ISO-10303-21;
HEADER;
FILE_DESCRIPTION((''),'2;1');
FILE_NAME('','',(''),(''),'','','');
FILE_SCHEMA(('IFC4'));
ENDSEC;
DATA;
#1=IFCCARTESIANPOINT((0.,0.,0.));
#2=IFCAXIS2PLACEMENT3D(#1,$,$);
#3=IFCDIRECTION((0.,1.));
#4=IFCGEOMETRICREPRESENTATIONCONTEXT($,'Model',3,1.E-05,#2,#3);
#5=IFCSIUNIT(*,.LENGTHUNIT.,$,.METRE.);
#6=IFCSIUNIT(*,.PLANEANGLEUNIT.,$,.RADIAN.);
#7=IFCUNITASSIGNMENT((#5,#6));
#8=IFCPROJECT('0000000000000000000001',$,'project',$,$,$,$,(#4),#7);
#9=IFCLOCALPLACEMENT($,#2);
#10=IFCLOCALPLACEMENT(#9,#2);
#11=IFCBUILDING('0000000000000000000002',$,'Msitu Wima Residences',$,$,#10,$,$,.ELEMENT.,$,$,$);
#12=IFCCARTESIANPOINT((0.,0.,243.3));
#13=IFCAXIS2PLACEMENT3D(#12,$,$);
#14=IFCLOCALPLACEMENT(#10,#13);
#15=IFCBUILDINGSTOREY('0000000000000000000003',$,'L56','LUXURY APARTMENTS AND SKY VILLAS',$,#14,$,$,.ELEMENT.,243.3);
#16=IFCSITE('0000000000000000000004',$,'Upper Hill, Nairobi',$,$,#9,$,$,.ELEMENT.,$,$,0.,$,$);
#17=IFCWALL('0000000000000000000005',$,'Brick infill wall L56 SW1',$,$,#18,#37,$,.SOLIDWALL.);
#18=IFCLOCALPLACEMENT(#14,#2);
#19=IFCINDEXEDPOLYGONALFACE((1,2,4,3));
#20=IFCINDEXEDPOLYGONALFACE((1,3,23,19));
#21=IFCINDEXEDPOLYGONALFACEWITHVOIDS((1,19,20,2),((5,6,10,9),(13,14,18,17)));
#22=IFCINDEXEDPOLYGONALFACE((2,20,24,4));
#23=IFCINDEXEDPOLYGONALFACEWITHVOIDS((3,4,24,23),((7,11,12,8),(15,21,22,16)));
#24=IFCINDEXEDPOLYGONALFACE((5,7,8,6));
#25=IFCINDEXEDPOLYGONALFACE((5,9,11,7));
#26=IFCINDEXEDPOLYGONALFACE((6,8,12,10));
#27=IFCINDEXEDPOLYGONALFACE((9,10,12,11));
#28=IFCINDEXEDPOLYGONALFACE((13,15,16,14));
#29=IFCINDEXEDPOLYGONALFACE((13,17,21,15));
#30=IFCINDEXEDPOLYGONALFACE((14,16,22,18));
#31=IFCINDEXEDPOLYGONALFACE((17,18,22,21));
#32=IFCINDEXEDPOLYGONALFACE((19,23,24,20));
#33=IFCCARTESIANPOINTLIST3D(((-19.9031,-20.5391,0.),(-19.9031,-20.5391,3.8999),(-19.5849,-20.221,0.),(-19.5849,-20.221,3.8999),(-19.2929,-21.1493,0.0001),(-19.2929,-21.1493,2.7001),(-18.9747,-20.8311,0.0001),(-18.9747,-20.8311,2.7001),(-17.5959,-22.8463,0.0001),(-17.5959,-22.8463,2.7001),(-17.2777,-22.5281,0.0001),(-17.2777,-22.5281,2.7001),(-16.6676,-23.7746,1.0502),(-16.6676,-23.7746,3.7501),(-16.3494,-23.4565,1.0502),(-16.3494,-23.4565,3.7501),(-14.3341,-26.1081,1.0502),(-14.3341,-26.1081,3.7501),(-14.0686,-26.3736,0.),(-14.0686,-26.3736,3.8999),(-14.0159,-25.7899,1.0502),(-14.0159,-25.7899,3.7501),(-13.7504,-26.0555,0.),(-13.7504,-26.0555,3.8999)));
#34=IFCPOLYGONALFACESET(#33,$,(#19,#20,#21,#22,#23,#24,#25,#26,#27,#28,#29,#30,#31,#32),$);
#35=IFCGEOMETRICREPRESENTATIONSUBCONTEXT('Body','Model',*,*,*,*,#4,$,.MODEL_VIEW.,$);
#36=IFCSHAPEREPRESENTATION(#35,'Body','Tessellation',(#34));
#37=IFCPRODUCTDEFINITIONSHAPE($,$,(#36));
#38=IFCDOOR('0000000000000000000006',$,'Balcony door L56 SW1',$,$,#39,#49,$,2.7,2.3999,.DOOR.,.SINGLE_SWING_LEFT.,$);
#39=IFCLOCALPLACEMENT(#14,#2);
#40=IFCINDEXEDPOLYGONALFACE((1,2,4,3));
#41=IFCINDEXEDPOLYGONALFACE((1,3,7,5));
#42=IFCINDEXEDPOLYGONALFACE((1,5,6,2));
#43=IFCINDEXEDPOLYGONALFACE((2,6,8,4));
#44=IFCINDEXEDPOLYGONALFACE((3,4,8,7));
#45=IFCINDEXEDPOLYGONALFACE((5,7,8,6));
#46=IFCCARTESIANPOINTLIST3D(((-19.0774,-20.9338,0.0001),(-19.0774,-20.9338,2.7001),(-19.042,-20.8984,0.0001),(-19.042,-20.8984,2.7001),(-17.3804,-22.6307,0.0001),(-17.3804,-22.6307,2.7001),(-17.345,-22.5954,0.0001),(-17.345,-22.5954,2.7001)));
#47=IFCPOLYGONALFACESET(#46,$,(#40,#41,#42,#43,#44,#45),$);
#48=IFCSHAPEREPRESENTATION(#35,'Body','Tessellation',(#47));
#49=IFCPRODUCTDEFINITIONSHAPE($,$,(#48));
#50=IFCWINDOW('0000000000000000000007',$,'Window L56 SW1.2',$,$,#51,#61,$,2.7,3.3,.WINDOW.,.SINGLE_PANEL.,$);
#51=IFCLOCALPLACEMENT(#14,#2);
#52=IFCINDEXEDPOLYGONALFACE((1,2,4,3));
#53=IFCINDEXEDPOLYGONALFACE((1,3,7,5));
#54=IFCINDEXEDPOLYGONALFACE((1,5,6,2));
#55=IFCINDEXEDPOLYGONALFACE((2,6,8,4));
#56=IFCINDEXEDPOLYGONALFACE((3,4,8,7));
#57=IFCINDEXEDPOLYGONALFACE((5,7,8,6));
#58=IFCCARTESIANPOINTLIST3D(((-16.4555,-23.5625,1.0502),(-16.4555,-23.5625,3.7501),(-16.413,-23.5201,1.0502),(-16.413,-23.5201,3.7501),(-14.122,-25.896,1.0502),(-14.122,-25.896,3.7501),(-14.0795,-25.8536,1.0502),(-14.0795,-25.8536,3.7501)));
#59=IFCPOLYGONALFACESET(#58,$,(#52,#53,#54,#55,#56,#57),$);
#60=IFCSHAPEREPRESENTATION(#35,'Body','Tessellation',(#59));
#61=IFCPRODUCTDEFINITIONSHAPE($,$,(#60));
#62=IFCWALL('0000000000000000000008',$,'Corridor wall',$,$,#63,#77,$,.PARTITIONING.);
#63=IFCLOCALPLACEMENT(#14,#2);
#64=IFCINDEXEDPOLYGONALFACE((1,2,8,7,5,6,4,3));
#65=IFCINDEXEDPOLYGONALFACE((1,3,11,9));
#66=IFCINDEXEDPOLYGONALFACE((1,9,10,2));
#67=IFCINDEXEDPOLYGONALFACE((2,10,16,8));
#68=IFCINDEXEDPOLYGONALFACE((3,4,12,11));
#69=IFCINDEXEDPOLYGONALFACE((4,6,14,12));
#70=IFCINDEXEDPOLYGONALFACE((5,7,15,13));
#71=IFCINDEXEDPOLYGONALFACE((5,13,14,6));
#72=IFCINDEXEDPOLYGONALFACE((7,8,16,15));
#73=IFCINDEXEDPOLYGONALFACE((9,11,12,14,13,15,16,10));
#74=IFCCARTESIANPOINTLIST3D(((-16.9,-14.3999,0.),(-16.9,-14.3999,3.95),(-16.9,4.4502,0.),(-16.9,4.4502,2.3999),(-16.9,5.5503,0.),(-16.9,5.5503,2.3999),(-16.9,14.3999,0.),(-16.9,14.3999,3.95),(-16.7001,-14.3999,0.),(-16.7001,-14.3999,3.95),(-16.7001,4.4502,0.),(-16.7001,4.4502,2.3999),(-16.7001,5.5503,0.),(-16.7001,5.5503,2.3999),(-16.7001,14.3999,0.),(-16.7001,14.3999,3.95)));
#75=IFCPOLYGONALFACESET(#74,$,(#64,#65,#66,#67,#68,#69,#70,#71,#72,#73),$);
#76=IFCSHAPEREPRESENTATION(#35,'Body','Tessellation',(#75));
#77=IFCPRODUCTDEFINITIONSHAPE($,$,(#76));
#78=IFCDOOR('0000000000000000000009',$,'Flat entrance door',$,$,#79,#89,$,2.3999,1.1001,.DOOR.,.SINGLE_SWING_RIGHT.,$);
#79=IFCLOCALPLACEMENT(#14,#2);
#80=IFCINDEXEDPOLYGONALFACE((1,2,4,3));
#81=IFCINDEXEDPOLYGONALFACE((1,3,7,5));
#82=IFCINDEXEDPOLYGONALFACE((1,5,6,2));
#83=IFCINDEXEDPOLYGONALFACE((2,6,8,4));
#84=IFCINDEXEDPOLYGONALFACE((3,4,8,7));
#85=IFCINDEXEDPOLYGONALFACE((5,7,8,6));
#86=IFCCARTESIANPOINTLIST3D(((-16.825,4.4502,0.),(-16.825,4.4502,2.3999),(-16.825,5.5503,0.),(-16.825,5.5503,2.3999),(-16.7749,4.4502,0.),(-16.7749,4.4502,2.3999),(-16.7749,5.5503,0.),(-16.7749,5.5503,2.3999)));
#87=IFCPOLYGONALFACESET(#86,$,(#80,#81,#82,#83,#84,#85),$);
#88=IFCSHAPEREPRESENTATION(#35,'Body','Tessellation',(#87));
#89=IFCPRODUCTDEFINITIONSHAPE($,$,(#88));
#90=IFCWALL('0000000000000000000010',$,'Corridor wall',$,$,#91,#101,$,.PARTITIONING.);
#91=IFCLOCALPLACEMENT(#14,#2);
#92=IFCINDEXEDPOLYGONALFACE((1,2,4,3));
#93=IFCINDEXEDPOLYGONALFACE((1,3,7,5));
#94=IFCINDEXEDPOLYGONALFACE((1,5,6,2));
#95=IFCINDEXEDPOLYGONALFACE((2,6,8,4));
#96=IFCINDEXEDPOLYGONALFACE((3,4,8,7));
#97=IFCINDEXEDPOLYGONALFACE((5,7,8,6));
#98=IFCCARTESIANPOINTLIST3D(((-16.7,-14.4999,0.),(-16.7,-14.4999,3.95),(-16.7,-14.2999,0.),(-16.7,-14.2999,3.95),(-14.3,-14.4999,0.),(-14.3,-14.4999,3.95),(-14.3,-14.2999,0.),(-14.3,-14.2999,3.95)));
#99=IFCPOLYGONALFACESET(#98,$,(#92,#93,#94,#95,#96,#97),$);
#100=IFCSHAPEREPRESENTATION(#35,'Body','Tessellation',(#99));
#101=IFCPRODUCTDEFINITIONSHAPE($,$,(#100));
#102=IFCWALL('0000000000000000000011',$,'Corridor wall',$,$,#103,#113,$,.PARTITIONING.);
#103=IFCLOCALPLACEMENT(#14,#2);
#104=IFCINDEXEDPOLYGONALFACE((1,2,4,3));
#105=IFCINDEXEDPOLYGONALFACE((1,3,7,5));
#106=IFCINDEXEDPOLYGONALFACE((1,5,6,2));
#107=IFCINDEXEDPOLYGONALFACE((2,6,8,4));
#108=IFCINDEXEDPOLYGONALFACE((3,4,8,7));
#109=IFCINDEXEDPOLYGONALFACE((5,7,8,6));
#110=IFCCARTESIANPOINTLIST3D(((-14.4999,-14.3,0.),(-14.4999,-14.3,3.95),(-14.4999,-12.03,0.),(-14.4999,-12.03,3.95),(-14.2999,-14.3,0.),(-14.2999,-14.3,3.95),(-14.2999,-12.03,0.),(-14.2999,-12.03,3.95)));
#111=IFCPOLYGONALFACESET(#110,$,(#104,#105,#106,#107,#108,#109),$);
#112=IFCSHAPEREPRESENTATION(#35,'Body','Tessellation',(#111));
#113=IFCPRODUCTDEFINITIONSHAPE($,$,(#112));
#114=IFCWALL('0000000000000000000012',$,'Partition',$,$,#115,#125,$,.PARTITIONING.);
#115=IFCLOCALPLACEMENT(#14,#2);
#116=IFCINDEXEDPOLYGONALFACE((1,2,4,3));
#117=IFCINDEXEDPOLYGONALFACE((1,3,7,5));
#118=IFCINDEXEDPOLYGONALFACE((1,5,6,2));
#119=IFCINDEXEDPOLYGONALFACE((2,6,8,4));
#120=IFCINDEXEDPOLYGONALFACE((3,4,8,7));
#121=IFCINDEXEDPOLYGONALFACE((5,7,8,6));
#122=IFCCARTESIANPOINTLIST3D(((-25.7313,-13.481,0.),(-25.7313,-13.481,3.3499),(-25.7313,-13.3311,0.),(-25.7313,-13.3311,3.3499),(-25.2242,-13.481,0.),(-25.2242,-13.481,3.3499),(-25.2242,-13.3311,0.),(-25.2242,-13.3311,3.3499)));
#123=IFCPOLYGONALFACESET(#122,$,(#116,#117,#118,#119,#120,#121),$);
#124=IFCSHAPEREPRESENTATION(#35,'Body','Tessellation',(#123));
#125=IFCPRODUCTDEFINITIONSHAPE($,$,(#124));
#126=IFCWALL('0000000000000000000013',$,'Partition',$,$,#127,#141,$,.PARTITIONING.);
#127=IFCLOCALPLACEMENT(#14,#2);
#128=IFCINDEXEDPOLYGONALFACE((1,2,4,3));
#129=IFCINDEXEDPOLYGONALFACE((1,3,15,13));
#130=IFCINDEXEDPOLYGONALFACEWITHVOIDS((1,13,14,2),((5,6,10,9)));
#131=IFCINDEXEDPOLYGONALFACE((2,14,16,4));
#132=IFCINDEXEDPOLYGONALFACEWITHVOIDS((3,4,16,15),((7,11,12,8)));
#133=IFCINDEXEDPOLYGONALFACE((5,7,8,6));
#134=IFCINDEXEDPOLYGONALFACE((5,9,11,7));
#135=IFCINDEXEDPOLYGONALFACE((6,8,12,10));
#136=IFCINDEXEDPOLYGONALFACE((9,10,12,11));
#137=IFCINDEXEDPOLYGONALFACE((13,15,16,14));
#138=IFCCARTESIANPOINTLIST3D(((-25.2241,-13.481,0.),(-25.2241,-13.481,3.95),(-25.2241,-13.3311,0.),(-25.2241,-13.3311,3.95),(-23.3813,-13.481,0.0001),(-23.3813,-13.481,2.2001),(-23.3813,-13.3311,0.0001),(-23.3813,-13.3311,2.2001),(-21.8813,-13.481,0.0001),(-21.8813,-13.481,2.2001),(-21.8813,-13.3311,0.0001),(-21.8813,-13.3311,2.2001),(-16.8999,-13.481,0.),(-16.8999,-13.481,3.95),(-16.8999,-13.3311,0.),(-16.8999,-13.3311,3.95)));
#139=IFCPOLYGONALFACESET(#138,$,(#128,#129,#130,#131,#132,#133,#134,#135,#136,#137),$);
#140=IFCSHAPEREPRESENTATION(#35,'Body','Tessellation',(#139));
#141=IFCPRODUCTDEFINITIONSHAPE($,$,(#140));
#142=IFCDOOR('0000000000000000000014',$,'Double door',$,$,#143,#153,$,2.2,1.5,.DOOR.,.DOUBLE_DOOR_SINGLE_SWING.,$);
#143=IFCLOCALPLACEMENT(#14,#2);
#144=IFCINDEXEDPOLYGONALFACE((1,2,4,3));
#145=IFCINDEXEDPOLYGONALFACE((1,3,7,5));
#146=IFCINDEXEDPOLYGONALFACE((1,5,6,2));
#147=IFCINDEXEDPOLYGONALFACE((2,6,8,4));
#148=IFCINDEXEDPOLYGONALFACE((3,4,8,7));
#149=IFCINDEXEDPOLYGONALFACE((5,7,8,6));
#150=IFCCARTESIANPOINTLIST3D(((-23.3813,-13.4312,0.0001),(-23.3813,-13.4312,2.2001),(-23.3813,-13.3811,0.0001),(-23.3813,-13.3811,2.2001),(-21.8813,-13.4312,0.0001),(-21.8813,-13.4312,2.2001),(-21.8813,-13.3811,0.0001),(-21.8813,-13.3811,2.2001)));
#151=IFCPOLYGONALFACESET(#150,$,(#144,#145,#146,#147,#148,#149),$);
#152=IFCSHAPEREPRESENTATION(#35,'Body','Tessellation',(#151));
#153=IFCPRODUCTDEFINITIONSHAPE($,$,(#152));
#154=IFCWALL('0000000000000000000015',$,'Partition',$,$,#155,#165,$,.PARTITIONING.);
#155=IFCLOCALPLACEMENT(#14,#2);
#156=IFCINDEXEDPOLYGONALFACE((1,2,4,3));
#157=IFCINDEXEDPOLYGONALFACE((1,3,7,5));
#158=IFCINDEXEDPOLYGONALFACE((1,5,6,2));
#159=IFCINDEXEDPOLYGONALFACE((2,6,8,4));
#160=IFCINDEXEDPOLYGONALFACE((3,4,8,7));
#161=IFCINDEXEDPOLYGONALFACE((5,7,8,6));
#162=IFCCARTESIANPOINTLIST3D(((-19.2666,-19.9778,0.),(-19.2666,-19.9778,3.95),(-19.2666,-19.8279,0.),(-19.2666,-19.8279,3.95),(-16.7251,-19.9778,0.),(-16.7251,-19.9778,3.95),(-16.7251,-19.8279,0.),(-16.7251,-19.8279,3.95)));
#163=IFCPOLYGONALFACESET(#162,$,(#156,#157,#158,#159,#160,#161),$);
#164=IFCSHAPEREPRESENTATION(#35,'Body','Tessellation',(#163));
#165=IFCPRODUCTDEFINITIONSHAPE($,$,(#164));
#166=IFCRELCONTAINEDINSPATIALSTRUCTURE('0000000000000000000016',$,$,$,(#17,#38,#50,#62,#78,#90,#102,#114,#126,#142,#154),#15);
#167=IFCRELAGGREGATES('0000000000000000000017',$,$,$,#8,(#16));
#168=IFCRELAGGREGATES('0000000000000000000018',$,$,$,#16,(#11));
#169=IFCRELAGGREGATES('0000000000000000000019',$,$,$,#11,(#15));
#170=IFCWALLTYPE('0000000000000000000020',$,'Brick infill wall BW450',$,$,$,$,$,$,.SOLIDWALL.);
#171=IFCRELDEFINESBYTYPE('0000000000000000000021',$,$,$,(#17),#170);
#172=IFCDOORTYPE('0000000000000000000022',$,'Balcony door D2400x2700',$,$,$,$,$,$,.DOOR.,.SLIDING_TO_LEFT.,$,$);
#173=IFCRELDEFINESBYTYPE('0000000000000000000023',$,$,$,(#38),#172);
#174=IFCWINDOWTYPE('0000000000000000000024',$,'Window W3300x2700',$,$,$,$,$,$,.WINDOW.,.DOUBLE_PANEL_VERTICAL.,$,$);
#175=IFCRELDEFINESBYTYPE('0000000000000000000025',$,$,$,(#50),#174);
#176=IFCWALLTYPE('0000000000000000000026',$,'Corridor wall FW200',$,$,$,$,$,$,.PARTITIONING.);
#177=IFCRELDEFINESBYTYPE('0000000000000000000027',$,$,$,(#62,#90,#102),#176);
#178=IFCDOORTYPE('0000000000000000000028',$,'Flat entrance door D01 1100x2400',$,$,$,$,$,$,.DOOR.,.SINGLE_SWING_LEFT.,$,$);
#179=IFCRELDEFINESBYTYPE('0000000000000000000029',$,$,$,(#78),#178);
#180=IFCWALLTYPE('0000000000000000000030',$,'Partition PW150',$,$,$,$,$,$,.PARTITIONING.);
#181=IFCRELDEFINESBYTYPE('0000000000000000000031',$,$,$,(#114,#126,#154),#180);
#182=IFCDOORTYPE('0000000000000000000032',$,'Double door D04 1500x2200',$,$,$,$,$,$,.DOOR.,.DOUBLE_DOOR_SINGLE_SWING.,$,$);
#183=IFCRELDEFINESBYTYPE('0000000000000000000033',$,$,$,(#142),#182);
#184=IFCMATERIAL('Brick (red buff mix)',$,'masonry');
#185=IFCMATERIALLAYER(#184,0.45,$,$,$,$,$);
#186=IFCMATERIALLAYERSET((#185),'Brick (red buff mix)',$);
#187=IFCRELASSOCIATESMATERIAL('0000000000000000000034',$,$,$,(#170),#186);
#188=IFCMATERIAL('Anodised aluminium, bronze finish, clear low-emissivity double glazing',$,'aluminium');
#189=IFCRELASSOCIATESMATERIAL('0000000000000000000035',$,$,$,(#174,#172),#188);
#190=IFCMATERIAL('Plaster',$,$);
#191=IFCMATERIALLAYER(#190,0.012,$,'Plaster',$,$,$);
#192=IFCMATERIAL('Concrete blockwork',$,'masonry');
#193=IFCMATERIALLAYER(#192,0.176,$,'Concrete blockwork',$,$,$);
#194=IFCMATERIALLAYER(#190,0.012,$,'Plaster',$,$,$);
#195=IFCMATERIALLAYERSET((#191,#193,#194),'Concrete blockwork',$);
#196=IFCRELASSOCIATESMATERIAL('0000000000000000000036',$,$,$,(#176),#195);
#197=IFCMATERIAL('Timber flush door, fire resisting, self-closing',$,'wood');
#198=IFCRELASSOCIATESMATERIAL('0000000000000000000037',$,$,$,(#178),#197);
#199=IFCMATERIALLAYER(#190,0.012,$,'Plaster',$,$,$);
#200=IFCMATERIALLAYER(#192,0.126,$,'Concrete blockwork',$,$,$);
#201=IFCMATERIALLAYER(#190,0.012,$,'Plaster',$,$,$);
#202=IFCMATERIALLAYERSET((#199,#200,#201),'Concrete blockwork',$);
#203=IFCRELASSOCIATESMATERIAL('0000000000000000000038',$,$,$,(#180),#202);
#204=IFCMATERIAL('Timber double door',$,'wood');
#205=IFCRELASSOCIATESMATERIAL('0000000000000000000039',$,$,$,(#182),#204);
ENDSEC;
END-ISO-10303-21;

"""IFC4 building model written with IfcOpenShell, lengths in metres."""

from ifc_helpers import new_model, si_unit, direction, frame, frame_2d, origin, place, context, subcontext, project, spatial, rectangle, extrude, material, layer, layer_set, type_object, element, fill, save


model = new_model("IFC4")

# Units and contexts
model_context = context("Model", 3, precision=1e-05, world=origin(), true_north=direction((0.0, 1.0)))
body_context = subcontext(model_context, "Body", "Model", "MODEL_VIEW")
ifc_project = project(units=[si_unit("LENGTHUNIT", "METRE"), si_unit("PLANEANGLEUNIT", "RADIAN")], contexts=[model_context])

# Site, building, storey
site_placement = place(None, origin())
site = spatial("IfcSite", under=ifc_project, at=site_placement, Name="Upper Hill, Nairobi", CompositionType="ELEMENT", RefElevation=0.0)
building_placement = place(site_placement, origin())
building = spatial("IfcBuilding", under=site, at=building_placement, Name="Msitu Wima Residences", CompositionType="ELEMENT")
storey_placement = place(building_placement, frame((0.0, 0.0, 243.3)))
storey = spatial("IfcBuildingStorey", under=building, at=storey_placement, Name="L56", Description="LUXURY APARTMENTS AND SKY VILLAS", CompositionType="ELEMENT", Elevation=243.3)

# Shared definitions
ifc_material_1 = material(Name="Brick (red buff mix)", Category="masonry")
ifc_layer_1 = layer(ifc_material_1, 0.45)
ifc_layer_set_1 = layer_set([ifc_layer_1], Name="Brick (red buff mix)")
wall_type_1 = type_object("IfcWallType", Name="Brick infill wall BW450", PredefinedType="SOLIDWALL", material=ifc_layer_set_1)
ifc_material_2 = material(Name="Anodised aluminium, bronze finish, clear low-emissivity double glazing", Category="aluminium")
window_type = type_object("IfcWindowType", Name="Window W3300x2700", PartitioningType="DOUBLE_PANEL_VERTICAL", PredefinedType="WINDOW", material=ifc_material_2)

# Wall, openings, door, window
wall_1_placement = place(storey_placement, frame((-19.7439, -20.3801, 0.0), z_axis=(0.0, 0.0, 1.0), x_axis=(0.707107, -0.707107, 0.0)))
wall_1 = element("IfcWall", 1, at=wall_1_placement, inside=storey, type_object=wall_type_1, Name="Brick infill wall L56 SW1", PredefinedType="SOLIDWALL", context=body_context, shape_type="SweptSolid", body=[
    extrude(rectangle(XDim=8.2512, YDim=0.45, at=frame_2d((4.1255, 0.0))), origin(), (0.0, 0.0, 1.0), 3.8999),
])
opening_1_placement = place(wall_1_placement, frame((0.8628, 0.0, 0.0)))
opening_1 = element("IfcOpeningElement", 2, at=opening_1_placement, cuts=wall_1, PredefinedType="OPENING", context=body_context, shape_type="SweptSolid", body=[
    extrude(rectangle(XDim=2.3999, YDim=2.7, at=frame_2d((1.2, 1.3501))), frame((0.0, 0.2349, 0.0), z_axis=(0.0, -1.0, 0.0), x_axis=(1.0, 0.0, 0.0)), (0.0, 0.0, 1.0), 0.47),
])
opening_2_placement = place(wall_1_placement, frame((4.5757, 0.0, 1.05)))
opening_2 = element("IfcOpeningElement", 3, at=opening_2_placement, cuts=wall_1, PredefinedType="OPENING", context=body_context, shape_type="SweptSolid", body=[
    extrude(rectangle(XDim=3.3, YDim=2.7, at=frame_2d((1.6499, 1.3501))), frame((0.0, 0.2349, 0.0), z_axis=(0.0, -1.0, 0.0), x_axis=(1.0, 0.0, 0.0)), (0.0, 0.0, 1.0), 0.47),
])
door_type_1 = type_object("IfcDoorType", Name="Balcony door D2400x2700", OperationType="SLIDING_TO_LEFT", PredefinedType="DOOR", material=ifc_material_2)
door_1_placement = place(opening_1_placement, origin())
door_1 = element("IfcDoor", 4, at=door_1_placement, inside=storey, type_object=door_type_1, Name="Balcony door L56 SW1", OperationType="SINGLE_SWING_LEFT", OverallHeight=2.7, OverallWidth=2.3999, PredefinedType="DOOR", context=body_context, shape_type="SweptSolid", body=[
    extrude(rectangle(XDim=2.3999, YDim=2.7, at=frame_2d((1.2, 1.3501))), frame((0.0, 0.1299, 0.0), z_axis=(0.0, -1.0, 0.0), x_axis=(1.0, 0.0, 0.0)), (0.0, 0.0, 1.0), 0.05),
])
fill(opening_1, door_1)
window_1_placement = place(opening_2_placement, origin())
window_1 = element("IfcWindow", 5, at=window_1_placement, inside=storey, type_object=window_type, Name="Window L56 SW1.2", OverallHeight=2.7, OverallWidth=3.3, PartitioningType="SINGLE_PANEL", PredefinedType="WINDOW", context=body_context, shape_type="SweptSolid", body=[
    extrude(rectangle(XDim=3.3, YDim=2.7, at=frame_2d((1.6499, 1.3501))), frame((0.0, 0.135, 0.0), z_axis=(0.0, -1.0, 0.0), x_axis=(1.0, 0.0, 0.0)), (0.0, 0.0, 1.0), 0.0601),
])
fill(opening_2, window_1)

# Wall, opening, door
ifc_material_3 = material(Name="Plaster")
ifc_layer_2 = layer(ifc_material_3, 0.012, Name="Plaster")
ifc_material_4 = material(Name="Concrete blockwork", Category="masonry")
ifc_layer_3 = layer(ifc_material_4, 0.176, Name="Concrete blockwork")
ifc_layer_4 = layer(ifc_material_3, 0.012, Name="Plaster")
ifc_layer_set_2 = layer_set([ifc_layer_2, ifc_layer_3, ifc_layer_4], Name="Concrete blockwork")
wall_type_2 = type_object("IfcWallType", Name="Corridor wall FW200", PredefinedType="PARTITIONING", material=ifc_layer_set_2)
wall_2_placement = place(storey_placement, frame((-16.8, -14.3999, 0.0), z_axis=(0.0, 0.0, 1.0), x_axis=(0.0, 1.0, 0.0)))
wall_2 = element("IfcWall", 6, at=wall_2_placement, inside=storey, type_object=wall_type_2, Name="Corridor wall", PredefinedType="PARTITIONING", context=body_context, shape_type="SweptSolid", body=[
    extrude(rectangle(XDim=28.7998, YDim=0.2, at=frame_2d((14.3999, 0.0))), origin(), (0.0, 0.0, 1.0), 3.95),
])
opening_3_placement = place(wall_2_placement, frame((18.8501, 0.0, 0.0)))
opening_3 = element("IfcOpeningElement", 7, at=opening_3_placement, cuts=wall_2, PredefinedType="OPENING", context=body_context, shape_type="SweptSolid", body=[
    extrude(rectangle(XDim=1.1001, YDim=2.3999, at=frame_2d((0.55, 1.2))), frame((0.0, 0.1099, 0.0), z_axis=(0.0, -1.0, 0.0), x_axis=(1.0, 0.0, 0.0)), (0.0, 0.0, 1.0), 0.22),
])
ifc_material_5 = material(Name="Timber flush door, fire resisting, self-closing", Category="wood")
door_type_2 = type_object("IfcDoorType", Name="Flat entrance door D01 1100x2400", OperationType="SINGLE_SWING_LEFT", PredefinedType="DOOR", material=ifc_material_5)
door_2_placement = place(opening_3_placement, origin())
door_2 = element("IfcDoor", 8, at=door_2_placement, inside=storey, type_object=door_type_2, Name="Flat entrance door", OperationType="SINGLE_SWING_RIGHT", OverallHeight=2.3999, OverallWidth=1.1001, PredefinedType="DOOR", context=body_context, shape_type="SweptSolid", body=[
    extrude(rectangle(XDim=1.1001, YDim=2.3999, at=frame_2d((0.55, 1.2))), frame((0.0, 0.0249, 0.0), z_axis=(0.0, -1.0, 0.0), x_axis=(1.0, 0.0, 0.0)), (0.0, 0.0, 1.0), 0.05),
])
fill(opening_3, door_2)

# Walls
wall_3_placement = place(storey_placement, frame((-16.7, -14.3999, 0.0), z_axis=(0.0, 0.0, 1.0), x_axis=(1.0, 0.0, 0.0)))
element("IfcWall", 9, at=wall_3_placement, inside=storey, type_object=wall_type_2, Name="Corridor wall", PredefinedType="PARTITIONING", context=body_context, shape_type="SweptSolid", body=[
    extrude(rectangle(XDim=2.3999, YDim=0.2, at=frame_2d((1.2, 0.0))), origin(), (0.0, 0.0, 1.0), 3.95),
])
wall_4_placement = place(storey_placement, frame((-14.3999, -14.3, 0.0), z_axis=(0.0, 0.0, 1.0), x_axis=(0.0, 1.0, 0.0)))
element("IfcWall", 10, at=wall_4_placement, inside=storey, type_object=wall_type_2, Name="Corridor wall", PredefinedType="PARTITIONING", context=body_context, shape_type="SweptSolid", body=[
    extrude(rectangle(XDim=2.27, YDim=0.2, at=frame_2d((1.135, 0.0))), origin(), (0.0, 0.0, 1.0), 3.95),
])
ifc_layer_5 = layer(ifc_material_3, 0.012, Name="Plaster")
ifc_layer_6 = layer(ifc_material_4, 0.126, Name="Concrete blockwork")
ifc_layer_7 = layer(ifc_material_3, 0.012, Name="Plaster")
ifc_layer_set_3 = layer_set([ifc_layer_5, ifc_layer_6, ifc_layer_7], Name="Concrete blockwork")
wall_type_3 = type_object("IfcWallType", Name="Partition PW150", PredefinedType="PARTITIONING", material=ifc_layer_set_3)
wall_5_placement = place(storey_placement, frame((-25.7312, -13.406, 0.0), z_axis=(0.0, 0.0, 1.0), x_axis=(1.0, 0.0, 0.0)))
element("IfcWall", 11, at=wall_5_placement, inside=storey, type_object=wall_type_3, Name="Partition", PredefinedType="PARTITIONING", context=body_context, shape_type="SweptSolid", body=[
    extrude(rectangle(XDim=0.5071, YDim=0.1499, at=frame_2d((0.2534, 0.0))), origin(), (0.0, 0.0, 1.0), 3.3499),
])

# Wall, opening, door
wall_6_placement = place(storey_placement, frame((-25.2241, -13.406, 0.0), z_axis=(0.0, 0.0, 1.0), x_axis=(1.0, 0.0, 0.0)))
wall_6 = element("IfcWall", 12, at=wall_6_placement, inside=storey, type_object=wall_type_3, Name="Partition", PredefinedType="PARTITIONING", context=body_context, shape_type="SweptSolid", body=[
    extrude(rectangle(XDim=8.3242, YDim=0.1499, at=frame_2d((4.1621, 0.0))), origin(), (0.0, 0.0, 1.0), 3.95),
])
opening_4_placement = place(wall_6_placement, frame((1.8428, 0.0, 0.0)))
opening_4 = element("IfcOpeningElement", 13, at=opening_4_placement, cuts=wall_6, PredefinedType="OPENING", context=body_context, shape_type="SweptSolid", body=[
    extrude(rectangle(XDim=1.5, YDim=2.2, at=frame_2d((0.75, 1.1001))), frame((0.0, 0.085, 0.0), z_axis=(0.0, -1.0, 0.0), x_axis=(1.0, 0.0, 0.0)), (0.0, 0.0, 1.0), 0.1699),
])
ifc_material_6 = material(Name="Timber double door", Category="wood")
door_type_3 = type_object("IfcDoorType", Name="Double door D04 1500x2200", OperationType="DOUBLE_DOOR_SINGLE_SWING", PredefinedType="DOOR", material=ifc_material_6)
door_3_placement = place(opening_4_placement, origin())
door_3 = element("IfcDoor", 14, at=door_3_placement, inside=storey, type_object=door_type_3, Name="Double door", OperationType="DOUBLE_DOOR_SINGLE_SWING", OverallHeight=2.2, OverallWidth=1.5, PredefinedType="DOOR", context=body_context, shape_type="SweptSolid", body=[
    extrude(rectangle(XDim=1.5, YDim=2.2, at=frame_2d((0.75, 1.1001))), frame((0.0, 0.0249, 0.0), z_axis=(0.0, -1.0, 0.0), x_axis=(1.0, 0.0, 0.0)), (0.0, 0.0, 1.0), 0.05),
])
fill(opening_4, door_3)

# Wall
wall_7_placement = place(storey_placement, frame((-19.2666, -19.9028, 0.0), z_axis=(0.0, 0.0, 1.0), x_axis=(1.0, 0.0, 0.0)))
element("IfcWall", 15, at=wall_7_placement, inside=storey, type_object=wall_type_3, Name="Partition", PredefinedType="PARTITIONING", context=body_context, shape_type="SweptSolid", body=[
    extrude(rectangle(XDim=2.5415, YDim=0.1499, at=frame_2d((1.2708, 0.0))), origin(), (0.0, 0.0, 1.0), 3.95),
])

save(model, "model.ifc")
